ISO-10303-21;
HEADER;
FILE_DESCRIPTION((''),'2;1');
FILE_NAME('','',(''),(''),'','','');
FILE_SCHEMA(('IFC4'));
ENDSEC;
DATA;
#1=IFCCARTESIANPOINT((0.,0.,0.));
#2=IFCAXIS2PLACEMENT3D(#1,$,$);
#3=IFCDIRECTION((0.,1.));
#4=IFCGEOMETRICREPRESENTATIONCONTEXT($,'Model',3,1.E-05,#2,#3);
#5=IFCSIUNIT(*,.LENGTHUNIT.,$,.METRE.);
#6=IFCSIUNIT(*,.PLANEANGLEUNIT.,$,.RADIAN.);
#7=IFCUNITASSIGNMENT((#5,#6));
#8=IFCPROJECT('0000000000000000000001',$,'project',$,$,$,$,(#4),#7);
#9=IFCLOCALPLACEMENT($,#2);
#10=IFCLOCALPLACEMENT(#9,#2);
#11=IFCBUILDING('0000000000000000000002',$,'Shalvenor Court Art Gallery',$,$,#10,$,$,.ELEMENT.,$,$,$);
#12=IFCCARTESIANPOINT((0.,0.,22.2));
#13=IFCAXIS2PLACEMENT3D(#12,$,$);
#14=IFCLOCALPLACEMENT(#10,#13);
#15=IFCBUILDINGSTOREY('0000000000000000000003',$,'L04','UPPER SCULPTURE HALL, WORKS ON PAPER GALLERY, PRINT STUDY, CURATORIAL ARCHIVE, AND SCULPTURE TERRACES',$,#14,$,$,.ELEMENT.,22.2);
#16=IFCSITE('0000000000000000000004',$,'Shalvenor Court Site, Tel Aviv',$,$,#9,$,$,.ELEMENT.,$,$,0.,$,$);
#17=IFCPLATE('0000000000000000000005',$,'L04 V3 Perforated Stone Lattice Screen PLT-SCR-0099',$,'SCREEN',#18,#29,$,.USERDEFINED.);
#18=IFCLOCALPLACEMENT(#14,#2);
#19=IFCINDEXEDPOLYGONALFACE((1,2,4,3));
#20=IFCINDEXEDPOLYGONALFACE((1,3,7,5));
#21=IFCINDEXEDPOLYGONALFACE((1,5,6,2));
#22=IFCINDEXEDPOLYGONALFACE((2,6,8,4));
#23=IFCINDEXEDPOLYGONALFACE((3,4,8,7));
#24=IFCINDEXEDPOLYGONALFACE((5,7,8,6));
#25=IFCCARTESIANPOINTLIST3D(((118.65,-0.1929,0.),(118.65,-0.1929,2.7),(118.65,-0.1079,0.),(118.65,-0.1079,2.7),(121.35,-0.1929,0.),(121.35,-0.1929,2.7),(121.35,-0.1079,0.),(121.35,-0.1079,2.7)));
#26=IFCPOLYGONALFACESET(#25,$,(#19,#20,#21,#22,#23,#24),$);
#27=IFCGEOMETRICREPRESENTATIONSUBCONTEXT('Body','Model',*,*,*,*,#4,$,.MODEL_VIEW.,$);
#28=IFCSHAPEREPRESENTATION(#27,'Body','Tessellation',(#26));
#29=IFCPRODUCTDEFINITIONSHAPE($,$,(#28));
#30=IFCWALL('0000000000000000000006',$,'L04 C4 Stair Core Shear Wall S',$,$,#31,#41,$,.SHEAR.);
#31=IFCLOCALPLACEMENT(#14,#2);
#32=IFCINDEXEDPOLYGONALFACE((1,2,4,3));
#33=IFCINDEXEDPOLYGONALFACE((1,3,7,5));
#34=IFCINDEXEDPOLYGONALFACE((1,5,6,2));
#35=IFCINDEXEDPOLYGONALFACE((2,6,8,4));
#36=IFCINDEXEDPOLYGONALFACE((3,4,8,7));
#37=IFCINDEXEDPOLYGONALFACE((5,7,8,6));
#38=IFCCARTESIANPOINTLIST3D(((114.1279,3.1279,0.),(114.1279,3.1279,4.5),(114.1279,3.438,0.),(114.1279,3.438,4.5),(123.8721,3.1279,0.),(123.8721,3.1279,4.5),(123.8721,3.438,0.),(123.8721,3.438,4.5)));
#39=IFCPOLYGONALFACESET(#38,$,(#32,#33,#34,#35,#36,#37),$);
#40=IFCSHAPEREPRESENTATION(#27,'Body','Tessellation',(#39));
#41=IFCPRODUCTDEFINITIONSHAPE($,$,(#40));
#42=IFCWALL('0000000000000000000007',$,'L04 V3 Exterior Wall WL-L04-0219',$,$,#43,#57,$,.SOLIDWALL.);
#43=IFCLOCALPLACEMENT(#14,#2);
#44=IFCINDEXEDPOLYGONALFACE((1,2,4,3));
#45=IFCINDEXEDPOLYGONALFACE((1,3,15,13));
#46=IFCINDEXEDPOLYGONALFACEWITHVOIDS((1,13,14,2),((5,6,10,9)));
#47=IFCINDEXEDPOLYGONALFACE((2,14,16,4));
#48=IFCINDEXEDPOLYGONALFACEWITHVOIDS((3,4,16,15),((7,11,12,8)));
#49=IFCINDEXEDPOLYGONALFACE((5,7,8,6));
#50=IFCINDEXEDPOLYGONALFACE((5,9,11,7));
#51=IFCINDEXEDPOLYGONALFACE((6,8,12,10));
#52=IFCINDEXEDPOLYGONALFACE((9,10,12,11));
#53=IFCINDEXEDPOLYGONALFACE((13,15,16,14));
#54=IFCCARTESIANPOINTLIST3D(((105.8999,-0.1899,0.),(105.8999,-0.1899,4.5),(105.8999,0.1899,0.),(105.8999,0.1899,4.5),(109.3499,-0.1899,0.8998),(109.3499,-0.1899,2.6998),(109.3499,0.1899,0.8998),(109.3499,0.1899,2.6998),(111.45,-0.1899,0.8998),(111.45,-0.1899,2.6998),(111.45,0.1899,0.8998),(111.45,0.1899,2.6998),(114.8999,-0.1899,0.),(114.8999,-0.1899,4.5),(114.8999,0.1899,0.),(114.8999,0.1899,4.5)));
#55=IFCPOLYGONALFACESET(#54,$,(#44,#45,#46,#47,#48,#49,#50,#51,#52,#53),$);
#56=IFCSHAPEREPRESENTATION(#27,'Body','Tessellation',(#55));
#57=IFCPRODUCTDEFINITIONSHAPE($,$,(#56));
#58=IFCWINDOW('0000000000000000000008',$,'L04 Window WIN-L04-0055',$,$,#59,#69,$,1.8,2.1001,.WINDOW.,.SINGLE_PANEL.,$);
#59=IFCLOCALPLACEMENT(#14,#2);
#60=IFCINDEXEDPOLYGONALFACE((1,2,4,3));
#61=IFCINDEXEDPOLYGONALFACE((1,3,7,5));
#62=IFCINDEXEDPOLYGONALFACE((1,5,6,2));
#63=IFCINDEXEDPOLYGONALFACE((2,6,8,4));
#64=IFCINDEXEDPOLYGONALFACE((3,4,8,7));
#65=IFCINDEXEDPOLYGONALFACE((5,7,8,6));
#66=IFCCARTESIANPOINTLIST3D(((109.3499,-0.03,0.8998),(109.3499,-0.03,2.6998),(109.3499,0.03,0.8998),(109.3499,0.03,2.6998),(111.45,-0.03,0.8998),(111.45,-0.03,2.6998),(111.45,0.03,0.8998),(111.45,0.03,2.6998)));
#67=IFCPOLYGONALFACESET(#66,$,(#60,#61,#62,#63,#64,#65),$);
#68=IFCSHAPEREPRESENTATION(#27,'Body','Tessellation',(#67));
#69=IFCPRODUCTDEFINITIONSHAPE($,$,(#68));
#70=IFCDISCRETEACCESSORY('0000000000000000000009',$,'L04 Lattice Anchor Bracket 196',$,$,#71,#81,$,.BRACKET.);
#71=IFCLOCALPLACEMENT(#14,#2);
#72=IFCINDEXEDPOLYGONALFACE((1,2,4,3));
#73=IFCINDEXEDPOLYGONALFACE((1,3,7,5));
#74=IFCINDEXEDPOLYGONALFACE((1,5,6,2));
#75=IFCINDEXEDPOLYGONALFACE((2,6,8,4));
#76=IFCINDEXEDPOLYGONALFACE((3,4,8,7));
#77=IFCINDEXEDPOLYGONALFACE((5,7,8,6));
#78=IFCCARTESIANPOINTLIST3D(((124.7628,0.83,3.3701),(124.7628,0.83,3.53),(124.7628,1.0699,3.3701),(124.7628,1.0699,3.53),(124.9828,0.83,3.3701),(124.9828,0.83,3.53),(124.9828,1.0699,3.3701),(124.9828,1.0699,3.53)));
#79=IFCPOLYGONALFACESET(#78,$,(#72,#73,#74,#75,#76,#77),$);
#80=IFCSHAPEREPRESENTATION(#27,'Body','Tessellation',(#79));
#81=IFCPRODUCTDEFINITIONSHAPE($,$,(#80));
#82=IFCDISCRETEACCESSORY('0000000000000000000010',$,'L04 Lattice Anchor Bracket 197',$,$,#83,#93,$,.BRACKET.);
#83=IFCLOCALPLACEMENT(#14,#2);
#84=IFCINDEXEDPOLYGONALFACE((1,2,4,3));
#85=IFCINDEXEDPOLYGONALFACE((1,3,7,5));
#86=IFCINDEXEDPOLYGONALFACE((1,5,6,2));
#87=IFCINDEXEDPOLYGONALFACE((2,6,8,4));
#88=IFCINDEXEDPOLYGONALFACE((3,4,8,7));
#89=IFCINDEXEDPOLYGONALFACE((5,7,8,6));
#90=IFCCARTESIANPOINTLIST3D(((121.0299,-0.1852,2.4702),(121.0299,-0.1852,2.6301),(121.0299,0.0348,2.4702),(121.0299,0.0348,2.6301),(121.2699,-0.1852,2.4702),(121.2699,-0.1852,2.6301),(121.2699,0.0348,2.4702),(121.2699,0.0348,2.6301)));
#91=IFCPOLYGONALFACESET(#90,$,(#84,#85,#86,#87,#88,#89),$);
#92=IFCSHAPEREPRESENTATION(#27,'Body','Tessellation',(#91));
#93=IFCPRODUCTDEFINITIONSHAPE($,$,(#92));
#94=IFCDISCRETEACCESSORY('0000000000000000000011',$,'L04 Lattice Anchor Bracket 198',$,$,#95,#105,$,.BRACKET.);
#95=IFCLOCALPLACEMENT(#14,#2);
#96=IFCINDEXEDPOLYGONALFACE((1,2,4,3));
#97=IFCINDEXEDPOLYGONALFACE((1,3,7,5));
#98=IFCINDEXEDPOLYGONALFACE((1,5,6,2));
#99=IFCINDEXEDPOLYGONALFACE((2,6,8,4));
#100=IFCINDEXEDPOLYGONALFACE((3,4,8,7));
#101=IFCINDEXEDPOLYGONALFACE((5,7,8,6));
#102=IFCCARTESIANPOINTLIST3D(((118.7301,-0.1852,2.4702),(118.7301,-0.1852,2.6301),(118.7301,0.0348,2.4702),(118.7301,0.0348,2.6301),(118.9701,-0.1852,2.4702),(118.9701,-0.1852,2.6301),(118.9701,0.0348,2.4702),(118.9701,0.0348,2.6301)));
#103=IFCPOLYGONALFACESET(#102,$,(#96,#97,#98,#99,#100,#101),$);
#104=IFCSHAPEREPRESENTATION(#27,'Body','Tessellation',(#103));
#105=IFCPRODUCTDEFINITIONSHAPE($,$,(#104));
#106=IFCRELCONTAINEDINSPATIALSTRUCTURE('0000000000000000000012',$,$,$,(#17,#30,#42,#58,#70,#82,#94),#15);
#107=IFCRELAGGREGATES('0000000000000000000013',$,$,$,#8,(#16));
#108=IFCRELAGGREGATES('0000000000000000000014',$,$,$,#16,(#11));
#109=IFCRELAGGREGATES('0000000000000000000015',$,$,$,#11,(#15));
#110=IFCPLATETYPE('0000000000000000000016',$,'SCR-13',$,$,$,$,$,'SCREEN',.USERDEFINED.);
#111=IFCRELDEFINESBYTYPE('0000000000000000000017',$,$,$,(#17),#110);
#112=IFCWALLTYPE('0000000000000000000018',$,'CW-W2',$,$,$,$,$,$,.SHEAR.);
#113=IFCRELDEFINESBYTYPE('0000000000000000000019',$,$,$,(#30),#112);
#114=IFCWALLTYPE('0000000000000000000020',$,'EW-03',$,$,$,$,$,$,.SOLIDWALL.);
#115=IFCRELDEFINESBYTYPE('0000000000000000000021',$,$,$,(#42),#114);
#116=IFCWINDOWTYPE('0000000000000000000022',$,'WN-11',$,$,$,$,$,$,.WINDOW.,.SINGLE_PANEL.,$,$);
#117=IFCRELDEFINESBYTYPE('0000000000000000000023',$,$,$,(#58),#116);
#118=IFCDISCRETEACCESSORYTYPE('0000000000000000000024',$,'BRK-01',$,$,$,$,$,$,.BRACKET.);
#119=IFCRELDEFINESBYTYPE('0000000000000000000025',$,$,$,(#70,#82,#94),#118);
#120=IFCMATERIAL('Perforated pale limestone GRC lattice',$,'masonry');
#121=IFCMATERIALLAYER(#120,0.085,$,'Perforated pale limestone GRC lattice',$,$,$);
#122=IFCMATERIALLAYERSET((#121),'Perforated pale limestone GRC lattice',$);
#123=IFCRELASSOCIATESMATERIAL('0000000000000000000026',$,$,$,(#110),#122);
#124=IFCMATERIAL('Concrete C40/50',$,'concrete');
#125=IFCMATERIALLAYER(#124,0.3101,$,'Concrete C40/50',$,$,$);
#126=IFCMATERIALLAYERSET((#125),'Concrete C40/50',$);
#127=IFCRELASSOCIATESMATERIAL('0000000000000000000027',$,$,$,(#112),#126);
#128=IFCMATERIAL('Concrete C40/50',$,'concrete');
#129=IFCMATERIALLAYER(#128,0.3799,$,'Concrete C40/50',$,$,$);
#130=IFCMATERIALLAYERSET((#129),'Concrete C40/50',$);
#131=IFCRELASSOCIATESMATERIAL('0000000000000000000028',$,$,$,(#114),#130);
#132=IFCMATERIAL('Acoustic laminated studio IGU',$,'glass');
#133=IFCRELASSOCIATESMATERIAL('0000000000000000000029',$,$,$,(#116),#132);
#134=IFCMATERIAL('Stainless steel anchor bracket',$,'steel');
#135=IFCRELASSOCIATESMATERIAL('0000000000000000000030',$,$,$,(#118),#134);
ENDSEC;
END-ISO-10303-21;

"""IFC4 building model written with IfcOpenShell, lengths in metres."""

from ifc_helpers import new_model, si_unit, direction, frame, frame_2d, origin, origin_2d, place, context, subcontext, project, spatial, rectangle, extrude, material, layer, layer_set, type_object, element, fill, save


model = new_model("IFC4")

# Units and contexts
model_context = context("Model", 3, precision=1e-05, world=origin(), true_north=direction((0.0, 1.0)))
body_context = subcontext(model_context, "Body", "Model", "MODEL_VIEW")
ifc_project = project(units=[si_unit("LENGTHUNIT", "METRE"), si_unit("PLANEANGLEUNIT", "RADIAN")], contexts=[model_context])

# Site, building, storey
site_placement = place(None, origin())
site = spatial("IfcSite", under=ifc_project, at=site_placement, Name="Shalvenor Court Site, Tel Aviv", CompositionType="ELEMENT", RefElevation=0.0)
building_placement = place(site_placement, origin())
building = spatial("IfcBuilding", under=site, at=building_placement, Name="Shalvenor Court Art Gallery", CompositionType="ELEMENT")
storey_placement = place(building_placement, frame((0.0, 0.0, 22.2)))
storey = spatial("IfcBuildingStorey", under=building, at=storey_placement, Name="L04", Description="UPPER SCULPTURE HALL, WORKS ON PAPER GALLERY, PRINT STUDY, CURATORIAL ARCHIVE, AND SCULPTURE TERRACES", CompositionType="ELEMENT", Elevation=22.2)

# Plate
ifc_material_1 = material(Name="Perforated pale limestone GRC lattice", Category="masonry")
ifc_layer_1 = layer(ifc_material_1, 0.085, Name="Perforated pale limestone GRC lattice")
ifc_layer_set_1 = layer_set([ifc_layer_1], Name="Perforated pale limestone GRC lattice")
plate_type_1 = type_object("IfcPlateType", Name="SCR-13", ElementType="SCREEN", PredefinedType="USERDEFINED", material=ifc_layer_set_1)
plate_1_placement = place(storey_placement, frame((120.0, -0.1504, 0.0), z_axis=(0.0, 0.0, 1.0), x_axis=(-1.0, 0.0, 0.0)))
element("IfcPlate", 1, at=plate_1_placement, inside=storey, type_object=plate_type_1, Name="L04 V3 Perforated Stone Lattice Screen PLT-SCR-0099", ObjectType="SCREEN", PredefinedType="USERDEFINED", context=body_context, shape_type="SweptSolid", body=[
    extrude(rectangle(XDim=2.7, YDim=0.085, at=origin_2d()), origin(), (0.0, 0.0, 1.0), 2.7),
])

# Wall
ifc_material_2 = material(Name="Concrete C40/50", Category="concrete")
ifc_layer_2 = layer(ifc_material_2, 0.3101, Name="Concrete C40/50")
ifc_layer_set_2 = layer_set([ifc_layer_2], Name="Concrete C40/50")
wall_type_1 = type_object("IfcWallType", Name="CW-W2", PredefinedType="SHEAR", material=ifc_layer_set_2)
wall_1_placement = place(storey_placement, frame((123.8721, 3.283, 0.0), z_axis=(0.0, 0.0, 1.0), x_axis=(-1.0, 0.0, 0.0)))
element("IfcWall", 2, at=wall_1_placement, inside=storey, type_object=wall_type_1, Name="L04 C4 Stair Core Shear Wall S", PredefinedType="SHEAR", context=body_context, shape_type="SweptSolid", body=[
    extrude(rectangle(XDim=9.7441, YDim=0.3101, at=frame_2d((4.8721, 0.0))), origin(), (0.0, 0.0, 1.0), 4.5),
])

# Wall, opening, window
ifc_material_3 = material(Name="Concrete C40/50", Category="concrete")
ifc_layer_3 = layer(ifc_material_3, 0.3799, Name="Concrete C40/50")
ifc_layer_set_3 = layer_set([ifc_layer_3], Name="Concrete C40/50")
wall_type_2 = type_object("IfcWallType", Name="EW-03", PredefinedType="SOLIDWALL", material=ifc_layer_set_3)
wall_2_placement = place(storey_placement, frame((114.8999, 0.0, 0.0), z_axis=(0.0, 0.0, 1.0), x_axis=(-1.0, 0.0, 0.0)))
wall_2 = element("IfcWall", 3, at=wall_2_placement, inside=storey, type_object=wall_type_2, Name="L04 V3 Exterior Wall WL-L04-0219", PredefinedType="SOLIDWALL", context=body_context, shape_type="SweptSolid", body=[
    extrude(rectangle(XDim=9.0, YDim=0.3799, at=frame_2d((4.5, 0.0))), origin(), (0.0, 0.0, 1.0), 4.5),
])
opening_placement = place(wall_2_placement, frame((3.45, 0.0, 0.8999)))
opening = element("IfcOpeningElement", 4, at=opening_placement, cuts=wall_2, PredefinedType="OPENING", context=body_context, shape_type="SweptSolid", body=[
    extrude(rectangle(XDim=2.1001, YDim=1.8, at=frame_2d((1.05, 0.8999))), frame((0.0, 0.2, 0.0), z_axis=(0.0, -1.0, 0.0), x_axis=(1.0, 0.0, 0.0)), (0.0, 0.0, 1.0), 0.3999),
])
ifc_material_4 = material(Name="Acoustic laminated studio IGU", Category="glass")
window_type = type_object("IfcWindowType", Name="WN-11", PartitioningType="SINGLE_PANEL", PredefinedType="WINDOW", material=ifc_material_4)
window_placement = place(opening_placement, origin())
window = element("IfcWindow", 5, at=window_placement, inside=storey, type_object=window_type, Name="L04 Window WIN-L04-0055", OverallHeight=1.8, OverallWidth=2.1001, PartitioningType="SINGLE_PANEL", PredefinedType="WINDOW", context=body_context, shape_type="SweptSolid", body=[
    extrude(rectangle(XDim=2.1001, YDim=1.8, at=frame_2d((1.05, 0.8999))), frame((0.0, 0.03, 0.0), z_axis=(0.0, -1.0, 0.0), x_axis=(1.0, 0.0, 0.0)), (0.0, 0.0, 1.0), 0.0601),
])
fill(opening, window)

# Discrete accessories
ifc_material_5 = material(Name="Stainless steel anchor bracket", Category="steel")
discrete_accessory_type = type_object("IfcDiscreteAccessoryType", Name="BRK-01", PredefinedType="BRACKET", material=ifc_material_5)
for number, where, z_axis, x_axis, name in (
    (6, (124.8728, 0.95, 3.3701), (0.0, 0.0, 1.0), (0.0, -1.0, 0.0), "L04 Lattice Anchor Bracket 196"),
    (7, (121.1499, -0.0752, 2.4702), (0.0, 0.0, 1.0), (-1.0, 0.0, 0.0), "L04 Lattice Anchor Bracket 197"),
    (8, (118.8501, -0.0752, 2.4702), (0.0, 0.0, 1.0), (-1.0, 0.0, 0.0), "L04 Lattice Anchor Bracket 198"),
):
    element("IfcDiscreteAccessory", number, at=place(storey_placement, frame(where, z_axis=z_axis, x_axis=x_axis)), inside=storey, type_object=discrete_accessory_type, Name=name, PredefinedType="BRACKET", context=body_context, shape_type="SweptSolid", body=[
        extrude(rectangle(XDim=0.24, YDim=0.22, at=origin_2d()), origin(), (0.0, 0.0, 1.0), 0.1599),
    ])

save(model, "model.ifc")
